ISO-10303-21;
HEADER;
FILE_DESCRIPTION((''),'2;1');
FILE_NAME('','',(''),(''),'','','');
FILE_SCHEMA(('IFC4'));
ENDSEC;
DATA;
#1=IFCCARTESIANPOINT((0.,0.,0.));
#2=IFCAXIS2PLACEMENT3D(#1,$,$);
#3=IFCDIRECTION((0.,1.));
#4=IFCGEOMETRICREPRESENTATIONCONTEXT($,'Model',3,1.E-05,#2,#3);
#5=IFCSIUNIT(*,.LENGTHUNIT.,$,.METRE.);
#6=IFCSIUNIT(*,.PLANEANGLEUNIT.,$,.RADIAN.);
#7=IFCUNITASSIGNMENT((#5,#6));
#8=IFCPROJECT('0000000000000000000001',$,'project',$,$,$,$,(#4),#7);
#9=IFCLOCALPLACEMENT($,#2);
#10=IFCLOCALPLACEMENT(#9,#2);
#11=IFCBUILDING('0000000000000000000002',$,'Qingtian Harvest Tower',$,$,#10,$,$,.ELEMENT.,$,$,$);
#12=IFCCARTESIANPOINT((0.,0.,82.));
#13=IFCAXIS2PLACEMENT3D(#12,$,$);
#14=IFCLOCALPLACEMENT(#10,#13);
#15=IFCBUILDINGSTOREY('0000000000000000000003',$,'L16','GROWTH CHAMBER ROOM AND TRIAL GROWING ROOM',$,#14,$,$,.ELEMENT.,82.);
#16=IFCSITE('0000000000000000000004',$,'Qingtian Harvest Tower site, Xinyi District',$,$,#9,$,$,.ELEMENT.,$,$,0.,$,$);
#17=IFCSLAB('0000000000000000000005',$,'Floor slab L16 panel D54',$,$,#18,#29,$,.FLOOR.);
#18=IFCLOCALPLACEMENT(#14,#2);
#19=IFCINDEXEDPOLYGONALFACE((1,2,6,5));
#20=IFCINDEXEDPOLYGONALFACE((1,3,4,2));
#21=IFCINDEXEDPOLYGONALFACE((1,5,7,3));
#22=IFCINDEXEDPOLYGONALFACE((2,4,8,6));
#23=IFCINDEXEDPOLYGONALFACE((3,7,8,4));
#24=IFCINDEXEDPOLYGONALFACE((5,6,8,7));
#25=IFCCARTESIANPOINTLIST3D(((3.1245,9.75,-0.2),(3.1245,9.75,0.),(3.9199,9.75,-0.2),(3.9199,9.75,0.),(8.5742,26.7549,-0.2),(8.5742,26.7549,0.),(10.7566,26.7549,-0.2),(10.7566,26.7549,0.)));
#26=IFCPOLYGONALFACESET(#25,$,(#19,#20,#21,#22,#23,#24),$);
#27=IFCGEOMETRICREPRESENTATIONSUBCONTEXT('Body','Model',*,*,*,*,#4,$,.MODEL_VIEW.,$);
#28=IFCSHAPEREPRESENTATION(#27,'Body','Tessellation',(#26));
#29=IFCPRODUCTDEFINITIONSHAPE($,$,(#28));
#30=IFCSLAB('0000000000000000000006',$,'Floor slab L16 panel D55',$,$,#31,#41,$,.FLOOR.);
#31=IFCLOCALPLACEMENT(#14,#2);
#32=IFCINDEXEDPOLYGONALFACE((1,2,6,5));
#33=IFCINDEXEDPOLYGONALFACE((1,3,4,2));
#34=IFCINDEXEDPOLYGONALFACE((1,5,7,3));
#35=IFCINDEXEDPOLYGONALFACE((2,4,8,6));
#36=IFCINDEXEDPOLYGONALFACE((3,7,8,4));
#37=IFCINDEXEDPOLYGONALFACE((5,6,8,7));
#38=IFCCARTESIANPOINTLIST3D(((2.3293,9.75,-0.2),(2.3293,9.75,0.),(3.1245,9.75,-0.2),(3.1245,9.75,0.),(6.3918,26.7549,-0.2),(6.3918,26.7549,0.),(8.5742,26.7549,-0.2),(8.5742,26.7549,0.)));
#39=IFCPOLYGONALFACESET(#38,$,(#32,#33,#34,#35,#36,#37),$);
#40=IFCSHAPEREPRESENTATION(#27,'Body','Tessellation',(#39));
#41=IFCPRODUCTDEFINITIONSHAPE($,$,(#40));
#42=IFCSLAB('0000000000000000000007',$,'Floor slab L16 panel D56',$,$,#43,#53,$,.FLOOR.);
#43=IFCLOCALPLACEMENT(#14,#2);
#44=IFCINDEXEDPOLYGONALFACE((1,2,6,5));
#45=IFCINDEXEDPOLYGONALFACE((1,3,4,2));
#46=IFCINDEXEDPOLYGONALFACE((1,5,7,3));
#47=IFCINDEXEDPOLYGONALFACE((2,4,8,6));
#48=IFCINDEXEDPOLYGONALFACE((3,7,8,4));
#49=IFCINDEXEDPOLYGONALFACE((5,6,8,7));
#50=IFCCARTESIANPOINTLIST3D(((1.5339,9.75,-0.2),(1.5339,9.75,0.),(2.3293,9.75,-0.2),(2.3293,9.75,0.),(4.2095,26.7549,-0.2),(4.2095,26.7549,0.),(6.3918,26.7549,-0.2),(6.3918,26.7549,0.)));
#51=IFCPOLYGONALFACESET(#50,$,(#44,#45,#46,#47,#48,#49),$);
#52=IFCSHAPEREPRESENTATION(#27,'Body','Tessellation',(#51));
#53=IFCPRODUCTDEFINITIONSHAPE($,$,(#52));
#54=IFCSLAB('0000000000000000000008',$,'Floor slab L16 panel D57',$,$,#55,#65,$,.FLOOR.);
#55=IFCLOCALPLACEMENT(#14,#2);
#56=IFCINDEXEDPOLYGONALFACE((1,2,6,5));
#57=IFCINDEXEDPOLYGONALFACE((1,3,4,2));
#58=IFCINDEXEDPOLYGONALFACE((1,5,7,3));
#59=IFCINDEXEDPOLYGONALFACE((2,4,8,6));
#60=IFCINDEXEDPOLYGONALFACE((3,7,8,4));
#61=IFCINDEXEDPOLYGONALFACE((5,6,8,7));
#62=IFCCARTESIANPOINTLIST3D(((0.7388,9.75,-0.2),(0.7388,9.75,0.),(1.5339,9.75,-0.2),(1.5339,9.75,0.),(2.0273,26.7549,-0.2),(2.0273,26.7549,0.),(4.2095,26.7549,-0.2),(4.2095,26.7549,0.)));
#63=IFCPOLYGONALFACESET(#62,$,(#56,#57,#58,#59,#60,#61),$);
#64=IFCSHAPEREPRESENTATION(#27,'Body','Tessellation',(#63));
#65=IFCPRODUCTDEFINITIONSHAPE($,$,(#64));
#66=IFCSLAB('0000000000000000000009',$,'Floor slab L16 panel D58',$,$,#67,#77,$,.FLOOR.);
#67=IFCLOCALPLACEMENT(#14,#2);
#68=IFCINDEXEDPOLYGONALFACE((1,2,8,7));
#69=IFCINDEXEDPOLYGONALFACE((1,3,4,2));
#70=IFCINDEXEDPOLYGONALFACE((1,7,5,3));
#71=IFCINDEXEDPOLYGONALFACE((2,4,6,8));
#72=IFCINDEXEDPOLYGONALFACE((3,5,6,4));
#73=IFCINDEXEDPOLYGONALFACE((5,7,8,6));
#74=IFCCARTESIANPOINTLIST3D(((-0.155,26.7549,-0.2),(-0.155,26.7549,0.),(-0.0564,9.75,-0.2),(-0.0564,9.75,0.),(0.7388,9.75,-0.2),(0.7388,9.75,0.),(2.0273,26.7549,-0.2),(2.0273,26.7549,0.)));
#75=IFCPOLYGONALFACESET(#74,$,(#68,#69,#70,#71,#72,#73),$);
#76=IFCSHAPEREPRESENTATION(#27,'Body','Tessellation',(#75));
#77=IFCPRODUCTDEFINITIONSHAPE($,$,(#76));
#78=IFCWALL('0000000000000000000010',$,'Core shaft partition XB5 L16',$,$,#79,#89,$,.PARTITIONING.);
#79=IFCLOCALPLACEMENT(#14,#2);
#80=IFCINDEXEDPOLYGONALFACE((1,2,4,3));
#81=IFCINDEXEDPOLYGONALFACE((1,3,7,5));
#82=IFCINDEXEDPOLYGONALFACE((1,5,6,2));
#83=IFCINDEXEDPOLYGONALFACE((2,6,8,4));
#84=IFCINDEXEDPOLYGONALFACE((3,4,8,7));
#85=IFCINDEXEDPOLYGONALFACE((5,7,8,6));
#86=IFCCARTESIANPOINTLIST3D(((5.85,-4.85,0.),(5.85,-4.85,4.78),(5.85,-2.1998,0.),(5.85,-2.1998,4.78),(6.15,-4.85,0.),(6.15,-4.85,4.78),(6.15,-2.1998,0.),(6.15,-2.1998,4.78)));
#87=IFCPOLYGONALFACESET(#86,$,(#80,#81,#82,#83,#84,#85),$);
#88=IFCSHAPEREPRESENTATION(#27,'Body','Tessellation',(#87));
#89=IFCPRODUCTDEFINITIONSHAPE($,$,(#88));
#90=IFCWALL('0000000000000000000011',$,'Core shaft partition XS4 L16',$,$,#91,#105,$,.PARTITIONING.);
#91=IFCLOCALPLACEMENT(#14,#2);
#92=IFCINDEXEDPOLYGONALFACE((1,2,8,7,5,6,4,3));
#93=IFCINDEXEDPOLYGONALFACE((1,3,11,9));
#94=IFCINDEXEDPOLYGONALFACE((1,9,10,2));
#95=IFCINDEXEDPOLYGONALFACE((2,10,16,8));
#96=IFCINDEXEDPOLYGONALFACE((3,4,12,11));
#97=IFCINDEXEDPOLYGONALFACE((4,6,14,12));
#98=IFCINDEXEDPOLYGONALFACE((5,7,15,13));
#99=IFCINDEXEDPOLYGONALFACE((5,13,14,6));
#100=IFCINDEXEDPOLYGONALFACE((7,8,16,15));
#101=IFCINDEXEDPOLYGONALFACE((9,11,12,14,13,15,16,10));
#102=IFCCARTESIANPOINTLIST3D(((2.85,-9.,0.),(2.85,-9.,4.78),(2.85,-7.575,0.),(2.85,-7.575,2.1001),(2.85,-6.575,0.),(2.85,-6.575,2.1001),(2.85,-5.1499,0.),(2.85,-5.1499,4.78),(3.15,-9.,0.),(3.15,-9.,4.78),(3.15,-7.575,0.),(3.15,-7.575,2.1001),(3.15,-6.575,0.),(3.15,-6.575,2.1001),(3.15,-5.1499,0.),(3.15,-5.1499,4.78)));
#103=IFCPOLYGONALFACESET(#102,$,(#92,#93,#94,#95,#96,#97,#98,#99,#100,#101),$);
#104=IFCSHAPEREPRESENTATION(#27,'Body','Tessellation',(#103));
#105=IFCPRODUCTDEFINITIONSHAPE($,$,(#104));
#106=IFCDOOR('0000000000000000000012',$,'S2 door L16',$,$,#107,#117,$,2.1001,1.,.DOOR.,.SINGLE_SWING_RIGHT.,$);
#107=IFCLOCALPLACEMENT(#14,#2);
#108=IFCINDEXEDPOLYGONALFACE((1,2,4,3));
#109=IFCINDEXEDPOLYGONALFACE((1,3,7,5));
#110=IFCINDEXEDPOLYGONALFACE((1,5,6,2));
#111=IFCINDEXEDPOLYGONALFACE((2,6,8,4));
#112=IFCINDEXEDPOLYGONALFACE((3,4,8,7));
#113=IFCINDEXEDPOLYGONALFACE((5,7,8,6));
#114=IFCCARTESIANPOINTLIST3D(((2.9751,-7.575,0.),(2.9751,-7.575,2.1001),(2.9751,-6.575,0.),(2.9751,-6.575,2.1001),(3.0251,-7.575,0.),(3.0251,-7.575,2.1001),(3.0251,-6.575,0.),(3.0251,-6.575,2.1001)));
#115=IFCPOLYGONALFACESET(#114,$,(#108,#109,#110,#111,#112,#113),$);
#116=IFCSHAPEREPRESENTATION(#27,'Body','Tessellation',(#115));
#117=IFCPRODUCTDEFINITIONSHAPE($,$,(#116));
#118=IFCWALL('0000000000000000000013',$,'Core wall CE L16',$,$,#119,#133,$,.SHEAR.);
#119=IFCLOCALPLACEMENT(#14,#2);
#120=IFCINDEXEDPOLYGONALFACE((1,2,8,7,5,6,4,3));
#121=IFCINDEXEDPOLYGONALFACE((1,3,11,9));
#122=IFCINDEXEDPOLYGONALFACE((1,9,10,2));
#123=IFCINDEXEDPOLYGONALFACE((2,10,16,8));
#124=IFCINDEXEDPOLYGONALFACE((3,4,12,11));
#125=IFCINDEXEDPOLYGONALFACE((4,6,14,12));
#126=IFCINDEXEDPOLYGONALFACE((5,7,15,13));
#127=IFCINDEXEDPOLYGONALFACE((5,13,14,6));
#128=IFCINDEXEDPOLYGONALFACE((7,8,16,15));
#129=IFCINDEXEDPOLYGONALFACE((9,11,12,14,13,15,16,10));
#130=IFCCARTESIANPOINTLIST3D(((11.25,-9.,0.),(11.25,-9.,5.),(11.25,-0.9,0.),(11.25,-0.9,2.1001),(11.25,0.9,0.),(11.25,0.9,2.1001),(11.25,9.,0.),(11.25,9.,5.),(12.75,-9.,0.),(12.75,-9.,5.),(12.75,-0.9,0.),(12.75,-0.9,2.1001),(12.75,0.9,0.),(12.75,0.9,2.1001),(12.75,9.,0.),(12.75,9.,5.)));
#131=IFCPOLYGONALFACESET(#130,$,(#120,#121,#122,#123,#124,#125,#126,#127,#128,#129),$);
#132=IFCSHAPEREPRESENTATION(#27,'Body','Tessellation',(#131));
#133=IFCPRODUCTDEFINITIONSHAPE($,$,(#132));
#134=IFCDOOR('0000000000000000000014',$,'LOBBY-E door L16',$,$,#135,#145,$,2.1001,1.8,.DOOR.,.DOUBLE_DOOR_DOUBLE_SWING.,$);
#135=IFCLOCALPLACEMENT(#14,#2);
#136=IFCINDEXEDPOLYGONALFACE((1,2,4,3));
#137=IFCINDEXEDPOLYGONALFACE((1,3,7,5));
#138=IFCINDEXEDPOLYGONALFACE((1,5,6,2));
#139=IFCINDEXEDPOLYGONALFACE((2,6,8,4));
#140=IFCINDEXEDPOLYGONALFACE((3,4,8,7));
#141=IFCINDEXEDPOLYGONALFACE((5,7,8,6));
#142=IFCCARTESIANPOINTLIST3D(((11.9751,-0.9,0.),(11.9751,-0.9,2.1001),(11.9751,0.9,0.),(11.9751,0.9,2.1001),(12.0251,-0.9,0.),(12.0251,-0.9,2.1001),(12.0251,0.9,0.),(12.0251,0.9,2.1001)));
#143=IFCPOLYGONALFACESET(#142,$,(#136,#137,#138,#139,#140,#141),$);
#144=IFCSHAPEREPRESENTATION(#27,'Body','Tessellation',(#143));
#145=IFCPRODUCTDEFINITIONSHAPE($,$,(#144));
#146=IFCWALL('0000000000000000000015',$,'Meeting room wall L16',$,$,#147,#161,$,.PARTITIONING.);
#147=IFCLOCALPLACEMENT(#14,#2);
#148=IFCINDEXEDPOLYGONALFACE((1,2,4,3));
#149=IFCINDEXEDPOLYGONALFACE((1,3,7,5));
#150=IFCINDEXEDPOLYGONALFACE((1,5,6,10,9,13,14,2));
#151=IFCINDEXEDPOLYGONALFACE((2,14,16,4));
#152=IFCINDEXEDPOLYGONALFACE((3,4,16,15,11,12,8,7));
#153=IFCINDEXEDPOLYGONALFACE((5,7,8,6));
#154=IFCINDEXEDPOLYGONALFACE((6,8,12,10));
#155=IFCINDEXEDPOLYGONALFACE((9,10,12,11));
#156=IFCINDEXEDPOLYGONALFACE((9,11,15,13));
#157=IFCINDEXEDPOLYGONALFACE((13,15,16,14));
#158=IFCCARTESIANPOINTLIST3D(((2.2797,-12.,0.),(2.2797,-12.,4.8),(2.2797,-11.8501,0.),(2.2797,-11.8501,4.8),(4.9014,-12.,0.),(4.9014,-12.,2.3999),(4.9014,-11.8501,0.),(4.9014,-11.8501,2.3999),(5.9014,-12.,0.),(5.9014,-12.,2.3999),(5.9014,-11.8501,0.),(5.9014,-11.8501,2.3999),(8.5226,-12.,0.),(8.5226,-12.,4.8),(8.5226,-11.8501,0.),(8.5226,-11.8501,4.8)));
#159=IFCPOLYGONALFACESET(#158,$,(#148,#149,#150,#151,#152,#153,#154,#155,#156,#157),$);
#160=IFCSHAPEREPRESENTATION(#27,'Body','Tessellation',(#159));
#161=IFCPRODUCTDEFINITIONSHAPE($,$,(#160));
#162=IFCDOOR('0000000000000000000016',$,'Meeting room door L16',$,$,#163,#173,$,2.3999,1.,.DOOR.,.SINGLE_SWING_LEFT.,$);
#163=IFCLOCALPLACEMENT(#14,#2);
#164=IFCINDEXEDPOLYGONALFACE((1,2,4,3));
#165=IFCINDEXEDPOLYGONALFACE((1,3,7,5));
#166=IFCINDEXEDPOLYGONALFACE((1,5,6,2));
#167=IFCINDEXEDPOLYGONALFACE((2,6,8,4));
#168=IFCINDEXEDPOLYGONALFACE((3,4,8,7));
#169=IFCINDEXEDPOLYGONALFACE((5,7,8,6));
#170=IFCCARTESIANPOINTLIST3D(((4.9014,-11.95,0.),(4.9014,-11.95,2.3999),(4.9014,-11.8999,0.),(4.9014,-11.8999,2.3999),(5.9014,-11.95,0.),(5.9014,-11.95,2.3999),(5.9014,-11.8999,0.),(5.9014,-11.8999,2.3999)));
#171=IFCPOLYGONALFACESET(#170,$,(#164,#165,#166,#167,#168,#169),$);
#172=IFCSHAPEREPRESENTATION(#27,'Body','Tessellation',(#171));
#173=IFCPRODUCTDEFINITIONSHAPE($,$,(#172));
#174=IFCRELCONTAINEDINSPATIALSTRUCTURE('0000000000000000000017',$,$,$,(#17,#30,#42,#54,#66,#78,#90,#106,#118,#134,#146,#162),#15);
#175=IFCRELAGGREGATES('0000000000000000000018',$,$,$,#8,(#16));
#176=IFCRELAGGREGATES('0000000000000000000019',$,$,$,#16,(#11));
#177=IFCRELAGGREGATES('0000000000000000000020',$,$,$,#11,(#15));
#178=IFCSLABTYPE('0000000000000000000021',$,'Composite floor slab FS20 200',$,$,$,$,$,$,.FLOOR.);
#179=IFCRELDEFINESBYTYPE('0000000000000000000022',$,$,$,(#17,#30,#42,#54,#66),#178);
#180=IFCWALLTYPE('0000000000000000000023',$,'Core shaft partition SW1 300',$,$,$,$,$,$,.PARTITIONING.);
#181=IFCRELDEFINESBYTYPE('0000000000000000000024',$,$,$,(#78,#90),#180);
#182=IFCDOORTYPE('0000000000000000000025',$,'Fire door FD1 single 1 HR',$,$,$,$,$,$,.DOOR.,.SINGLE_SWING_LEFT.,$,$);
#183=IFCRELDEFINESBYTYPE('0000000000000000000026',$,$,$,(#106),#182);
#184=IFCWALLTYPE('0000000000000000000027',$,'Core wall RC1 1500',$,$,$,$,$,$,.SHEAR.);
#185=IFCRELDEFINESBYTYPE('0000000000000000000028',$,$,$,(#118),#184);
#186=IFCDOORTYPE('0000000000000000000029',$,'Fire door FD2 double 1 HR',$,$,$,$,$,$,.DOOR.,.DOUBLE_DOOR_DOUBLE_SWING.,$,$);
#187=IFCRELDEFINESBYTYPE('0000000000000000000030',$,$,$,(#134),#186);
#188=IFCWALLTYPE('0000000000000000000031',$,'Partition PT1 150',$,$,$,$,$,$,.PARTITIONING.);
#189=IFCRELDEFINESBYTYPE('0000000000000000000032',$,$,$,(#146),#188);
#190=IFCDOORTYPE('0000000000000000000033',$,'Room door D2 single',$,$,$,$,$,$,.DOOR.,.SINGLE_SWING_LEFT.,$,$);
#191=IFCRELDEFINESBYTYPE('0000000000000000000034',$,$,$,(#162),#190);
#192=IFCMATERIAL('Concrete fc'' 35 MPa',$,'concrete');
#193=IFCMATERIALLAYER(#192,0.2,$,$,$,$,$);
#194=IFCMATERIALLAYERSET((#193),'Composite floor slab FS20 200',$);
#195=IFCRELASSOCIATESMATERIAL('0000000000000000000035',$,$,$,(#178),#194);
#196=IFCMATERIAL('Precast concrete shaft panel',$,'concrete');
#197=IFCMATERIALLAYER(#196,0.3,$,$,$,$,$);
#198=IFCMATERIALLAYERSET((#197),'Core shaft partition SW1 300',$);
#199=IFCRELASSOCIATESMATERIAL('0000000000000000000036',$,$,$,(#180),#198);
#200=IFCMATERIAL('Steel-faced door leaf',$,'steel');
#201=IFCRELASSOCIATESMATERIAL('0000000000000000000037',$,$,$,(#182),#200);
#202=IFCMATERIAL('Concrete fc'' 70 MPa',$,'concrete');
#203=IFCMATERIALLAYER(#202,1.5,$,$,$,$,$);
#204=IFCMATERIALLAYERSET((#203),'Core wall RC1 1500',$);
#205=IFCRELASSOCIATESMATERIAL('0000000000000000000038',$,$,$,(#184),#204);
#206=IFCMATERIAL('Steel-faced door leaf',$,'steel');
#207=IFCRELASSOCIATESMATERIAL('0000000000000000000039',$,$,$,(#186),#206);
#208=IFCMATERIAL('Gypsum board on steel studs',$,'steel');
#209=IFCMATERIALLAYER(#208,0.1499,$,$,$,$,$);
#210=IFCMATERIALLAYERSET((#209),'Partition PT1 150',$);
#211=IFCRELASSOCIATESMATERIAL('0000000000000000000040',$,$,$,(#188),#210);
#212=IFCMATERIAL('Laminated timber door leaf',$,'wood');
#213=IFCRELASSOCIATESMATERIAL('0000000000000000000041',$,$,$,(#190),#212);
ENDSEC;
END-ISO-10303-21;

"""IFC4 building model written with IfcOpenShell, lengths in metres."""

from ifc_helpers import new_model, si_unit, direction, frame, frame_2d, origin, place, context, subcontext, project, spatial, polyline, rectangle, outline, extrude, material, layer, layer_set, type_object, element, fill, save


model = new_model("IFC4")

# Units and contexts
model_context = context("Model", 3, precision=1e-05, world=origin(), true_north=direction((0.0, 1.0)))
body_context = subcontext(model_context, "Body", "Model", "MODEL_VIEW")
ifc_project = project(units=[si_unit("LENGTHUNIT", "METRE"), si_unit("PLANEANGLEUNIT", "RADIAN")], contexts=[model_context])

# Site, building, storey
site_placement = place(None, origin())
site = spatial("IfcSite", under=ifc_project, at=site_placement, Name="Qingtian Harvest Tower site, Xinyi District", CompositionType="ELEMENT", RefElevation=0.0)
building_placement = place(site_placement, origin())
building = spatial("IfcBuilding", under=site, at=building_placement, Name="Qingtian Harvest Tower", CompositionType="ELEMENT")
storey_placement = place(building_placement, frame((0.0, 0.0, 82.0)))
storey = spatial("IfcBuildingStorey", under=building, at=storey_placement, Name="L16", Description="GROWTH CHAMBER ROOM AND TRIAL GROWING ROOM", CompositionType="ELEMENT", Elevation=82.0)

# Slabs
ifc_material_1 = material(Name="Concrete fc' 35 MPa", Category="concrete")
ifc_layer_1 = layer(ifc_material_1, 0.2)
ifc_layer_set_1 = layer_set([ifc_layer_1], Name="Composite floor slab FS20 200")
slab_type = type_object("IfcSlabType", Name="Composite floor slab FS20 200", PredefinedType="FLOOR", material=ifc_layer_set_1)
slab_1_placement = place(storey_placement, frame((0.0, 0.0, -0.2)))
element("IfcSlab", 1, at=slab_1_placement, inside=storey, type_object=slab_type, Name="Floor slab L16 panel D54", PredefinedType="FLOOR", context=body_context, shape_type="SweptSolid", body=[
    extrude(outline(polyline([(3.1245, 9.75), (8.5742, 26.7549), (10.7566, 26.7549), (3.9199, 9.75), (3.1245, 9.75)])), origin(), (0.0, 0.0, 1.0), 0.2),
])
slab_2_placement = place(storey_placement, frame((0.0, 0.0, -0.2)))
element("IfcSlab", 2, at=slab_2_placement, inside=storey, type_object=slab_type, Name="Floor slab L16 panel D55", PredefinedType="FLOOR", context=body_context, shape_type="SweptSolid", body=[
    extrude(outline(polyline([(2.3293, 9.75), (6.3918, 26.7549), (8.5742, 26.7549), (3.1245, 9.75), (2.3293, 9.75)])), origin(), (0.0, 0.0, 1.0), 0.2),
])
slab_3_placement = place(storey_placement, frame((0.0, 0.0, -0.2)))
element("IfcSlab", 3, at=slab_3_placement, inside=storey, type_object=slab_type, Name="Floor slab L16 panel D56", PredefinedType="FLOOR", context=body_context, shape_type="SweptSolid", body=[
    extrude(outline(polyline([(1.5339, 9.75), (4.2095, 26.7549), (6.3918, 26.7549), (2.3293, 9.75), (1.5339, 9.75)])), origin(), (0.0, 0.0, 1.0), 0.2),
])
slab_4_placement = place(storey_placement, frame((0.0, 0.0, -0.2)))
element("IfcSlab", 4, at=slab_4_placement, inside=storey, type_object=slab_type, Name="Floor slab L16 panel D57", PredefinedType="FLOOR", context=body_context, shape_type="SweptSolid", body=[
    extrude(outline(polyline([(0.7388, 9.75), (2.0273, 26.7549), (4.2095, 26.7549), (1.5339, 9.75), (0.7388, 9.75)])), origin(), (0.0, 0.0, 1.0), 0.2),
])
slab_5_placement = place(storey_placement, frame((0.0, 0.0, -0.2)))
element("IfcSlab", 5, at=slab_5_placement, inside=storey, type_object=slab_type, Name="Floor slab L16 panel D58", PredefinedType="FLOOR", context=body_context, shape_type="SweptSolid", body=[
    extrude(outline(polyline([(-0.0564, 9.75), (-0.155, 26.7549), (2.0273, 26.7549), (0.7388, 9.75), (-0.0564, 9.75)])), origin(), (0.0, 0.0, 1.0), 0.2),
])

# Wall
ifc_material_2 = material(Name="Precast concrete shaft panel", Category="concrete")
ifc_layer_2 = layer(ifc_material_2, 0.3)
ifc_layer_set_2 = layer_set([ifc_layer_2], Name="Core shaft partition SW1 300")
wall_type_1 = type_object("IfcWallType", Name="Core shaft partition SW1 300", PredefinedType="PARTITIONING", material=ifc_layer_set_2)
wall_1_placement = place(storey_placement, frame((6.0, -4.8501, 0.0), z_axis=(0.0, 0.0, 1.0), x_axis=(0.0, 1.0, 0.0)))
element("IfcWall", 6, at=wall_1_placement, inside=storey, type_object=wall_type_1, Name="Core shaft partition XB5 L16", PredefinedType="PARTITIONING", context=body_context, shape_type="SweptSolid", body=[
    extrude(rectangle(XDim=2.6501, YDim=0.3, at=frame_2d((1.3252, 0.0))), origin(), (0.0, 0.0, 1.0), 4.78),
])

# Walls, openings, doors
wall_2_placement = place(storey_placement, frame((3.0, -9.0, 0.0), z_axis=(0.0, 0.0, 1.0), x_axis=(0.0, 1.0, 0.0)))
wall_2 = element("IfcWall", 7, at=wall_2_placement, inside=storey, type_object=wall_type_1, Name="Core shaft partition XS4 L16", PredefinedType="PARTITIONING", context=body_context, shape_type="SweptSolid", body=[
    extrude(rectangle(XDim=3.8501, YDim=0.3, at=frame_2d((1.925, 0.0))), origin(), (0.0, 0.0, 1.0), 4.78),
])
opening_1_placement = place(wall_2_placement, frame((1.425, 0.0, 0.0)))
opening_1 = element("IfcOpeningElement", 8, at=opening_1_placement, cuts=wall_2, PredefinedType="OPENING", context=body_context, shape_type="SweptSolid", body=[
    extrude(rectangle(XDim=1.0, YDim=2.1001, at=frame_2d((0.5, 1.05))), frame((0.0, 0.1599, 0.0), z_axis=(0.0, -1.0, 0.0), x_axis=(1.0, 0.0, 0.0)), (0.0, 0.0, 1.0), 0.3201),
])
ifc_material_3 = material(Name="Steel-faced door leaf", Category="steel")
door_type_1 = type_object("IfcDoorType", Name="Fire door FD1 single 1 HR", OperationType="SINGLE_SWING_LEFT", PredefinedType="DOOR", material=ifc_material_3)
door_1_placement = place(opening_1_placement, origin())
door_1 = element("IfcDoor", 9, at=door_1_placement, inside=storey, type_object=door_type_1, Name="S2 door L16", OperationType="SINGLE_SWING_RIGHT", OverallHeight=2.1001, OverallWidth=1.0, PredefinedType="DOOR", context=body_context, shape_type="SweptSolid", body=[
    extrude(rectangle(XDim=1.0, YDim=2.1001, at=frame_2d((0.5, 1.05))), frame((0.0, 0.0249, 0.0), z_axis=(0.0, -1.0, 0.0), x_axis=(1.0, 0.0, 0.0)), (0.0, 0.0, 1.0), 0.05),
])
fill(opening_1, door_1)
ifc_material_4 = material(Name="Concrete fc' 70 MPa", Category="concrete")
ifc_layer_3 = layer(ifc_material_4, 1.5)
ifc_layer_set_3 = layer_set([ifc_layer_3], Name="Core wall RC1 1500")
wall_type_2 = type_object("IfcWallType", Name="Core wall RC1 1500", PredefinedType="SHEAR", material=ifc_layer_set_3)
wall_3_placement = place(storey_placement, frame((12.0, -9.0, 0.0), z_axis=(0.0, 0.0, 1.0), x_axis=(0.0, 1.0, 0.0)))
wall_3 = element("IfcWall", 10, at=wall_3_placement, inside=storey, type_object=wall_type_2, Name="Core wall CE L16", PredefinedType="SHEAR", context=body_context, shape_type="SweptSolid", body=[
    extrude(rectangle(XDim=18.0, YDim=1.5, at=frame_2d((9.0, 0.0))), origin(), (0.0, 0.0, 1.0), 5.0),
])
opening_2_placement = place(wall_3_placement, frame((8.1001, 0.0, 0.0)))
opening_2 = element("IfcOpeningElement", 11, at=opening_2_placement, cuts=wall_3, PredefinedType="OPENING", context=body_context, shape_type="SweptSolid", body=[
    extrude(rectangle(XDim=1.8, YDim=2.1001, at=frame_2d((0.8999, 1.05))), frame((0.0, 0.76, 0.0), z_axis=(0.0, -1.0, 0.0), x_axis=(1.0, 0.0, 0.0)), (0.0, 0.0, 1.0), 1.52),
])
ifc_material_5 = material(Name="Steel-faced door leaf", Category="steel")
door_type_2 = type_object("IfcDoorType", Name="Fire door FD2 double 1 HR", OperationType="DOUBLE_DOOR_DOUBLE_SWING", PredefinedType="DOOR", material=ifc_material_5)
door_2_placement = place(opening_2_placement, origin())
door_2 = element("IfcDoor", 12, at=door_2_placement, inside=storey, type_object=door_type_2, Name="LOBBY-E door L16", OperationType="DOUBLE_DOOR_DOUBLE_SWING", OverallHeight=2.1001, OverallWidth=1.8, PredefinedType="DOOR", context=body_context, shape_type="SweptSolid", body=[
    extrude(rectangle(XDim=1.8, YDim=2.1001, at=frame_2d((0.8999, 1.05))), frame((0.0, 0.0249, 0.0), z_axis=(0.0, -1.0, 0.0), x_axis=(1.0, 0.0, 0.0)), (0.0, 0.0, 1.0), 0.05),
])
fill(opening_2, door_2)
ifc_material_6 = material(Name="Gypsum board on steel studs", Category="steel")
ifc_layer_4 = layer(ifc_material_6, 0.1499)
ifc_layer_set_4 = layer_set([ifc_layer_4], Name="Partition PT1 150")
wall_type_3 = type_object("IfcWallType", Name="Partition PT1 150", PredefinedType="PARTITIONING", material=ifc_layer_set_4)
ifc_material_7 = material(Name="Laminated timber door leaf", Category="wood")
door_type_3 = type_object("IfcDoorType", Name="Room door D2 single", OperationType="SINGLE_SWING_LEFT", PredefinedType="DOOR", material=ifc_material_7)
wall_4_placement = place(storey_placement, frame((8.5227, -11.925, 0.0), z_axis=(0.0, 0.0, 1.0), x_axis=(-1.0, 0.0, 0.0)))
wall_4 = element("IfcWall", 13, at=wall_4_placement, inside=storey, type_object=wall_type_3, Name="Meeting room wall L16", PredefinedType="PARTITIONING", context=body_context, shape_type="SweptSolid", body=[
    extrude(rectangle(XDim=6.2429, YDim=0.1499, at=frame_2d((3.1216, 0.0))), origin(), (0.0, 0.0, 1.0), 4.8),
])
opening_3_placement = place(wall_4_placement, frame((2.6213, 0.0, 0.0)))
opening_3 = element("IfcOpeningElement", 14, at=opening_3_placement, cuts=wall_4, PredefinedType="OPENING", context=body_context, shape_type="SweptSolid", body=[
    extrude(rectangle(XDim=1.0, YDim=2.3999, at=frame_2d((0.5, 1.2))), frame((0.0, 0.085, 0.0), z_axis=(0.0, -1.0, 0.0), x_axis=(1.0, 0.0, 0.0)), (0.0, 0.0, 1.0), 0.1699),
])
door_3_placement = place(opening_3_placement, origin())
door_3 = element("IfcDoor", 15, at=door_3_placement, inside=storey, type_object=door_type_3, Name="Meeting room door L16", OperationType="SINGLE_SWING_LEFT", OverallHeight=2.3999, OverallWidth=1.0, PredefinedType="DOOR", context=body_context, shape_type="SweptSolid", body=[
    extrude(rectangle(XDim=1.0, YDim=2.3999, at=frame_2d((0.5, 1.2))), frame((0.0, 0.0249, 0.0), z_axis=(0.0, -1.0, 0.0), x_axis=(1.0, 0.0, 0.0)), (0.0, 0.0, 1.0), 0.05),
])
fill(opening_3, door_3)

save(model, "model.ifc")
